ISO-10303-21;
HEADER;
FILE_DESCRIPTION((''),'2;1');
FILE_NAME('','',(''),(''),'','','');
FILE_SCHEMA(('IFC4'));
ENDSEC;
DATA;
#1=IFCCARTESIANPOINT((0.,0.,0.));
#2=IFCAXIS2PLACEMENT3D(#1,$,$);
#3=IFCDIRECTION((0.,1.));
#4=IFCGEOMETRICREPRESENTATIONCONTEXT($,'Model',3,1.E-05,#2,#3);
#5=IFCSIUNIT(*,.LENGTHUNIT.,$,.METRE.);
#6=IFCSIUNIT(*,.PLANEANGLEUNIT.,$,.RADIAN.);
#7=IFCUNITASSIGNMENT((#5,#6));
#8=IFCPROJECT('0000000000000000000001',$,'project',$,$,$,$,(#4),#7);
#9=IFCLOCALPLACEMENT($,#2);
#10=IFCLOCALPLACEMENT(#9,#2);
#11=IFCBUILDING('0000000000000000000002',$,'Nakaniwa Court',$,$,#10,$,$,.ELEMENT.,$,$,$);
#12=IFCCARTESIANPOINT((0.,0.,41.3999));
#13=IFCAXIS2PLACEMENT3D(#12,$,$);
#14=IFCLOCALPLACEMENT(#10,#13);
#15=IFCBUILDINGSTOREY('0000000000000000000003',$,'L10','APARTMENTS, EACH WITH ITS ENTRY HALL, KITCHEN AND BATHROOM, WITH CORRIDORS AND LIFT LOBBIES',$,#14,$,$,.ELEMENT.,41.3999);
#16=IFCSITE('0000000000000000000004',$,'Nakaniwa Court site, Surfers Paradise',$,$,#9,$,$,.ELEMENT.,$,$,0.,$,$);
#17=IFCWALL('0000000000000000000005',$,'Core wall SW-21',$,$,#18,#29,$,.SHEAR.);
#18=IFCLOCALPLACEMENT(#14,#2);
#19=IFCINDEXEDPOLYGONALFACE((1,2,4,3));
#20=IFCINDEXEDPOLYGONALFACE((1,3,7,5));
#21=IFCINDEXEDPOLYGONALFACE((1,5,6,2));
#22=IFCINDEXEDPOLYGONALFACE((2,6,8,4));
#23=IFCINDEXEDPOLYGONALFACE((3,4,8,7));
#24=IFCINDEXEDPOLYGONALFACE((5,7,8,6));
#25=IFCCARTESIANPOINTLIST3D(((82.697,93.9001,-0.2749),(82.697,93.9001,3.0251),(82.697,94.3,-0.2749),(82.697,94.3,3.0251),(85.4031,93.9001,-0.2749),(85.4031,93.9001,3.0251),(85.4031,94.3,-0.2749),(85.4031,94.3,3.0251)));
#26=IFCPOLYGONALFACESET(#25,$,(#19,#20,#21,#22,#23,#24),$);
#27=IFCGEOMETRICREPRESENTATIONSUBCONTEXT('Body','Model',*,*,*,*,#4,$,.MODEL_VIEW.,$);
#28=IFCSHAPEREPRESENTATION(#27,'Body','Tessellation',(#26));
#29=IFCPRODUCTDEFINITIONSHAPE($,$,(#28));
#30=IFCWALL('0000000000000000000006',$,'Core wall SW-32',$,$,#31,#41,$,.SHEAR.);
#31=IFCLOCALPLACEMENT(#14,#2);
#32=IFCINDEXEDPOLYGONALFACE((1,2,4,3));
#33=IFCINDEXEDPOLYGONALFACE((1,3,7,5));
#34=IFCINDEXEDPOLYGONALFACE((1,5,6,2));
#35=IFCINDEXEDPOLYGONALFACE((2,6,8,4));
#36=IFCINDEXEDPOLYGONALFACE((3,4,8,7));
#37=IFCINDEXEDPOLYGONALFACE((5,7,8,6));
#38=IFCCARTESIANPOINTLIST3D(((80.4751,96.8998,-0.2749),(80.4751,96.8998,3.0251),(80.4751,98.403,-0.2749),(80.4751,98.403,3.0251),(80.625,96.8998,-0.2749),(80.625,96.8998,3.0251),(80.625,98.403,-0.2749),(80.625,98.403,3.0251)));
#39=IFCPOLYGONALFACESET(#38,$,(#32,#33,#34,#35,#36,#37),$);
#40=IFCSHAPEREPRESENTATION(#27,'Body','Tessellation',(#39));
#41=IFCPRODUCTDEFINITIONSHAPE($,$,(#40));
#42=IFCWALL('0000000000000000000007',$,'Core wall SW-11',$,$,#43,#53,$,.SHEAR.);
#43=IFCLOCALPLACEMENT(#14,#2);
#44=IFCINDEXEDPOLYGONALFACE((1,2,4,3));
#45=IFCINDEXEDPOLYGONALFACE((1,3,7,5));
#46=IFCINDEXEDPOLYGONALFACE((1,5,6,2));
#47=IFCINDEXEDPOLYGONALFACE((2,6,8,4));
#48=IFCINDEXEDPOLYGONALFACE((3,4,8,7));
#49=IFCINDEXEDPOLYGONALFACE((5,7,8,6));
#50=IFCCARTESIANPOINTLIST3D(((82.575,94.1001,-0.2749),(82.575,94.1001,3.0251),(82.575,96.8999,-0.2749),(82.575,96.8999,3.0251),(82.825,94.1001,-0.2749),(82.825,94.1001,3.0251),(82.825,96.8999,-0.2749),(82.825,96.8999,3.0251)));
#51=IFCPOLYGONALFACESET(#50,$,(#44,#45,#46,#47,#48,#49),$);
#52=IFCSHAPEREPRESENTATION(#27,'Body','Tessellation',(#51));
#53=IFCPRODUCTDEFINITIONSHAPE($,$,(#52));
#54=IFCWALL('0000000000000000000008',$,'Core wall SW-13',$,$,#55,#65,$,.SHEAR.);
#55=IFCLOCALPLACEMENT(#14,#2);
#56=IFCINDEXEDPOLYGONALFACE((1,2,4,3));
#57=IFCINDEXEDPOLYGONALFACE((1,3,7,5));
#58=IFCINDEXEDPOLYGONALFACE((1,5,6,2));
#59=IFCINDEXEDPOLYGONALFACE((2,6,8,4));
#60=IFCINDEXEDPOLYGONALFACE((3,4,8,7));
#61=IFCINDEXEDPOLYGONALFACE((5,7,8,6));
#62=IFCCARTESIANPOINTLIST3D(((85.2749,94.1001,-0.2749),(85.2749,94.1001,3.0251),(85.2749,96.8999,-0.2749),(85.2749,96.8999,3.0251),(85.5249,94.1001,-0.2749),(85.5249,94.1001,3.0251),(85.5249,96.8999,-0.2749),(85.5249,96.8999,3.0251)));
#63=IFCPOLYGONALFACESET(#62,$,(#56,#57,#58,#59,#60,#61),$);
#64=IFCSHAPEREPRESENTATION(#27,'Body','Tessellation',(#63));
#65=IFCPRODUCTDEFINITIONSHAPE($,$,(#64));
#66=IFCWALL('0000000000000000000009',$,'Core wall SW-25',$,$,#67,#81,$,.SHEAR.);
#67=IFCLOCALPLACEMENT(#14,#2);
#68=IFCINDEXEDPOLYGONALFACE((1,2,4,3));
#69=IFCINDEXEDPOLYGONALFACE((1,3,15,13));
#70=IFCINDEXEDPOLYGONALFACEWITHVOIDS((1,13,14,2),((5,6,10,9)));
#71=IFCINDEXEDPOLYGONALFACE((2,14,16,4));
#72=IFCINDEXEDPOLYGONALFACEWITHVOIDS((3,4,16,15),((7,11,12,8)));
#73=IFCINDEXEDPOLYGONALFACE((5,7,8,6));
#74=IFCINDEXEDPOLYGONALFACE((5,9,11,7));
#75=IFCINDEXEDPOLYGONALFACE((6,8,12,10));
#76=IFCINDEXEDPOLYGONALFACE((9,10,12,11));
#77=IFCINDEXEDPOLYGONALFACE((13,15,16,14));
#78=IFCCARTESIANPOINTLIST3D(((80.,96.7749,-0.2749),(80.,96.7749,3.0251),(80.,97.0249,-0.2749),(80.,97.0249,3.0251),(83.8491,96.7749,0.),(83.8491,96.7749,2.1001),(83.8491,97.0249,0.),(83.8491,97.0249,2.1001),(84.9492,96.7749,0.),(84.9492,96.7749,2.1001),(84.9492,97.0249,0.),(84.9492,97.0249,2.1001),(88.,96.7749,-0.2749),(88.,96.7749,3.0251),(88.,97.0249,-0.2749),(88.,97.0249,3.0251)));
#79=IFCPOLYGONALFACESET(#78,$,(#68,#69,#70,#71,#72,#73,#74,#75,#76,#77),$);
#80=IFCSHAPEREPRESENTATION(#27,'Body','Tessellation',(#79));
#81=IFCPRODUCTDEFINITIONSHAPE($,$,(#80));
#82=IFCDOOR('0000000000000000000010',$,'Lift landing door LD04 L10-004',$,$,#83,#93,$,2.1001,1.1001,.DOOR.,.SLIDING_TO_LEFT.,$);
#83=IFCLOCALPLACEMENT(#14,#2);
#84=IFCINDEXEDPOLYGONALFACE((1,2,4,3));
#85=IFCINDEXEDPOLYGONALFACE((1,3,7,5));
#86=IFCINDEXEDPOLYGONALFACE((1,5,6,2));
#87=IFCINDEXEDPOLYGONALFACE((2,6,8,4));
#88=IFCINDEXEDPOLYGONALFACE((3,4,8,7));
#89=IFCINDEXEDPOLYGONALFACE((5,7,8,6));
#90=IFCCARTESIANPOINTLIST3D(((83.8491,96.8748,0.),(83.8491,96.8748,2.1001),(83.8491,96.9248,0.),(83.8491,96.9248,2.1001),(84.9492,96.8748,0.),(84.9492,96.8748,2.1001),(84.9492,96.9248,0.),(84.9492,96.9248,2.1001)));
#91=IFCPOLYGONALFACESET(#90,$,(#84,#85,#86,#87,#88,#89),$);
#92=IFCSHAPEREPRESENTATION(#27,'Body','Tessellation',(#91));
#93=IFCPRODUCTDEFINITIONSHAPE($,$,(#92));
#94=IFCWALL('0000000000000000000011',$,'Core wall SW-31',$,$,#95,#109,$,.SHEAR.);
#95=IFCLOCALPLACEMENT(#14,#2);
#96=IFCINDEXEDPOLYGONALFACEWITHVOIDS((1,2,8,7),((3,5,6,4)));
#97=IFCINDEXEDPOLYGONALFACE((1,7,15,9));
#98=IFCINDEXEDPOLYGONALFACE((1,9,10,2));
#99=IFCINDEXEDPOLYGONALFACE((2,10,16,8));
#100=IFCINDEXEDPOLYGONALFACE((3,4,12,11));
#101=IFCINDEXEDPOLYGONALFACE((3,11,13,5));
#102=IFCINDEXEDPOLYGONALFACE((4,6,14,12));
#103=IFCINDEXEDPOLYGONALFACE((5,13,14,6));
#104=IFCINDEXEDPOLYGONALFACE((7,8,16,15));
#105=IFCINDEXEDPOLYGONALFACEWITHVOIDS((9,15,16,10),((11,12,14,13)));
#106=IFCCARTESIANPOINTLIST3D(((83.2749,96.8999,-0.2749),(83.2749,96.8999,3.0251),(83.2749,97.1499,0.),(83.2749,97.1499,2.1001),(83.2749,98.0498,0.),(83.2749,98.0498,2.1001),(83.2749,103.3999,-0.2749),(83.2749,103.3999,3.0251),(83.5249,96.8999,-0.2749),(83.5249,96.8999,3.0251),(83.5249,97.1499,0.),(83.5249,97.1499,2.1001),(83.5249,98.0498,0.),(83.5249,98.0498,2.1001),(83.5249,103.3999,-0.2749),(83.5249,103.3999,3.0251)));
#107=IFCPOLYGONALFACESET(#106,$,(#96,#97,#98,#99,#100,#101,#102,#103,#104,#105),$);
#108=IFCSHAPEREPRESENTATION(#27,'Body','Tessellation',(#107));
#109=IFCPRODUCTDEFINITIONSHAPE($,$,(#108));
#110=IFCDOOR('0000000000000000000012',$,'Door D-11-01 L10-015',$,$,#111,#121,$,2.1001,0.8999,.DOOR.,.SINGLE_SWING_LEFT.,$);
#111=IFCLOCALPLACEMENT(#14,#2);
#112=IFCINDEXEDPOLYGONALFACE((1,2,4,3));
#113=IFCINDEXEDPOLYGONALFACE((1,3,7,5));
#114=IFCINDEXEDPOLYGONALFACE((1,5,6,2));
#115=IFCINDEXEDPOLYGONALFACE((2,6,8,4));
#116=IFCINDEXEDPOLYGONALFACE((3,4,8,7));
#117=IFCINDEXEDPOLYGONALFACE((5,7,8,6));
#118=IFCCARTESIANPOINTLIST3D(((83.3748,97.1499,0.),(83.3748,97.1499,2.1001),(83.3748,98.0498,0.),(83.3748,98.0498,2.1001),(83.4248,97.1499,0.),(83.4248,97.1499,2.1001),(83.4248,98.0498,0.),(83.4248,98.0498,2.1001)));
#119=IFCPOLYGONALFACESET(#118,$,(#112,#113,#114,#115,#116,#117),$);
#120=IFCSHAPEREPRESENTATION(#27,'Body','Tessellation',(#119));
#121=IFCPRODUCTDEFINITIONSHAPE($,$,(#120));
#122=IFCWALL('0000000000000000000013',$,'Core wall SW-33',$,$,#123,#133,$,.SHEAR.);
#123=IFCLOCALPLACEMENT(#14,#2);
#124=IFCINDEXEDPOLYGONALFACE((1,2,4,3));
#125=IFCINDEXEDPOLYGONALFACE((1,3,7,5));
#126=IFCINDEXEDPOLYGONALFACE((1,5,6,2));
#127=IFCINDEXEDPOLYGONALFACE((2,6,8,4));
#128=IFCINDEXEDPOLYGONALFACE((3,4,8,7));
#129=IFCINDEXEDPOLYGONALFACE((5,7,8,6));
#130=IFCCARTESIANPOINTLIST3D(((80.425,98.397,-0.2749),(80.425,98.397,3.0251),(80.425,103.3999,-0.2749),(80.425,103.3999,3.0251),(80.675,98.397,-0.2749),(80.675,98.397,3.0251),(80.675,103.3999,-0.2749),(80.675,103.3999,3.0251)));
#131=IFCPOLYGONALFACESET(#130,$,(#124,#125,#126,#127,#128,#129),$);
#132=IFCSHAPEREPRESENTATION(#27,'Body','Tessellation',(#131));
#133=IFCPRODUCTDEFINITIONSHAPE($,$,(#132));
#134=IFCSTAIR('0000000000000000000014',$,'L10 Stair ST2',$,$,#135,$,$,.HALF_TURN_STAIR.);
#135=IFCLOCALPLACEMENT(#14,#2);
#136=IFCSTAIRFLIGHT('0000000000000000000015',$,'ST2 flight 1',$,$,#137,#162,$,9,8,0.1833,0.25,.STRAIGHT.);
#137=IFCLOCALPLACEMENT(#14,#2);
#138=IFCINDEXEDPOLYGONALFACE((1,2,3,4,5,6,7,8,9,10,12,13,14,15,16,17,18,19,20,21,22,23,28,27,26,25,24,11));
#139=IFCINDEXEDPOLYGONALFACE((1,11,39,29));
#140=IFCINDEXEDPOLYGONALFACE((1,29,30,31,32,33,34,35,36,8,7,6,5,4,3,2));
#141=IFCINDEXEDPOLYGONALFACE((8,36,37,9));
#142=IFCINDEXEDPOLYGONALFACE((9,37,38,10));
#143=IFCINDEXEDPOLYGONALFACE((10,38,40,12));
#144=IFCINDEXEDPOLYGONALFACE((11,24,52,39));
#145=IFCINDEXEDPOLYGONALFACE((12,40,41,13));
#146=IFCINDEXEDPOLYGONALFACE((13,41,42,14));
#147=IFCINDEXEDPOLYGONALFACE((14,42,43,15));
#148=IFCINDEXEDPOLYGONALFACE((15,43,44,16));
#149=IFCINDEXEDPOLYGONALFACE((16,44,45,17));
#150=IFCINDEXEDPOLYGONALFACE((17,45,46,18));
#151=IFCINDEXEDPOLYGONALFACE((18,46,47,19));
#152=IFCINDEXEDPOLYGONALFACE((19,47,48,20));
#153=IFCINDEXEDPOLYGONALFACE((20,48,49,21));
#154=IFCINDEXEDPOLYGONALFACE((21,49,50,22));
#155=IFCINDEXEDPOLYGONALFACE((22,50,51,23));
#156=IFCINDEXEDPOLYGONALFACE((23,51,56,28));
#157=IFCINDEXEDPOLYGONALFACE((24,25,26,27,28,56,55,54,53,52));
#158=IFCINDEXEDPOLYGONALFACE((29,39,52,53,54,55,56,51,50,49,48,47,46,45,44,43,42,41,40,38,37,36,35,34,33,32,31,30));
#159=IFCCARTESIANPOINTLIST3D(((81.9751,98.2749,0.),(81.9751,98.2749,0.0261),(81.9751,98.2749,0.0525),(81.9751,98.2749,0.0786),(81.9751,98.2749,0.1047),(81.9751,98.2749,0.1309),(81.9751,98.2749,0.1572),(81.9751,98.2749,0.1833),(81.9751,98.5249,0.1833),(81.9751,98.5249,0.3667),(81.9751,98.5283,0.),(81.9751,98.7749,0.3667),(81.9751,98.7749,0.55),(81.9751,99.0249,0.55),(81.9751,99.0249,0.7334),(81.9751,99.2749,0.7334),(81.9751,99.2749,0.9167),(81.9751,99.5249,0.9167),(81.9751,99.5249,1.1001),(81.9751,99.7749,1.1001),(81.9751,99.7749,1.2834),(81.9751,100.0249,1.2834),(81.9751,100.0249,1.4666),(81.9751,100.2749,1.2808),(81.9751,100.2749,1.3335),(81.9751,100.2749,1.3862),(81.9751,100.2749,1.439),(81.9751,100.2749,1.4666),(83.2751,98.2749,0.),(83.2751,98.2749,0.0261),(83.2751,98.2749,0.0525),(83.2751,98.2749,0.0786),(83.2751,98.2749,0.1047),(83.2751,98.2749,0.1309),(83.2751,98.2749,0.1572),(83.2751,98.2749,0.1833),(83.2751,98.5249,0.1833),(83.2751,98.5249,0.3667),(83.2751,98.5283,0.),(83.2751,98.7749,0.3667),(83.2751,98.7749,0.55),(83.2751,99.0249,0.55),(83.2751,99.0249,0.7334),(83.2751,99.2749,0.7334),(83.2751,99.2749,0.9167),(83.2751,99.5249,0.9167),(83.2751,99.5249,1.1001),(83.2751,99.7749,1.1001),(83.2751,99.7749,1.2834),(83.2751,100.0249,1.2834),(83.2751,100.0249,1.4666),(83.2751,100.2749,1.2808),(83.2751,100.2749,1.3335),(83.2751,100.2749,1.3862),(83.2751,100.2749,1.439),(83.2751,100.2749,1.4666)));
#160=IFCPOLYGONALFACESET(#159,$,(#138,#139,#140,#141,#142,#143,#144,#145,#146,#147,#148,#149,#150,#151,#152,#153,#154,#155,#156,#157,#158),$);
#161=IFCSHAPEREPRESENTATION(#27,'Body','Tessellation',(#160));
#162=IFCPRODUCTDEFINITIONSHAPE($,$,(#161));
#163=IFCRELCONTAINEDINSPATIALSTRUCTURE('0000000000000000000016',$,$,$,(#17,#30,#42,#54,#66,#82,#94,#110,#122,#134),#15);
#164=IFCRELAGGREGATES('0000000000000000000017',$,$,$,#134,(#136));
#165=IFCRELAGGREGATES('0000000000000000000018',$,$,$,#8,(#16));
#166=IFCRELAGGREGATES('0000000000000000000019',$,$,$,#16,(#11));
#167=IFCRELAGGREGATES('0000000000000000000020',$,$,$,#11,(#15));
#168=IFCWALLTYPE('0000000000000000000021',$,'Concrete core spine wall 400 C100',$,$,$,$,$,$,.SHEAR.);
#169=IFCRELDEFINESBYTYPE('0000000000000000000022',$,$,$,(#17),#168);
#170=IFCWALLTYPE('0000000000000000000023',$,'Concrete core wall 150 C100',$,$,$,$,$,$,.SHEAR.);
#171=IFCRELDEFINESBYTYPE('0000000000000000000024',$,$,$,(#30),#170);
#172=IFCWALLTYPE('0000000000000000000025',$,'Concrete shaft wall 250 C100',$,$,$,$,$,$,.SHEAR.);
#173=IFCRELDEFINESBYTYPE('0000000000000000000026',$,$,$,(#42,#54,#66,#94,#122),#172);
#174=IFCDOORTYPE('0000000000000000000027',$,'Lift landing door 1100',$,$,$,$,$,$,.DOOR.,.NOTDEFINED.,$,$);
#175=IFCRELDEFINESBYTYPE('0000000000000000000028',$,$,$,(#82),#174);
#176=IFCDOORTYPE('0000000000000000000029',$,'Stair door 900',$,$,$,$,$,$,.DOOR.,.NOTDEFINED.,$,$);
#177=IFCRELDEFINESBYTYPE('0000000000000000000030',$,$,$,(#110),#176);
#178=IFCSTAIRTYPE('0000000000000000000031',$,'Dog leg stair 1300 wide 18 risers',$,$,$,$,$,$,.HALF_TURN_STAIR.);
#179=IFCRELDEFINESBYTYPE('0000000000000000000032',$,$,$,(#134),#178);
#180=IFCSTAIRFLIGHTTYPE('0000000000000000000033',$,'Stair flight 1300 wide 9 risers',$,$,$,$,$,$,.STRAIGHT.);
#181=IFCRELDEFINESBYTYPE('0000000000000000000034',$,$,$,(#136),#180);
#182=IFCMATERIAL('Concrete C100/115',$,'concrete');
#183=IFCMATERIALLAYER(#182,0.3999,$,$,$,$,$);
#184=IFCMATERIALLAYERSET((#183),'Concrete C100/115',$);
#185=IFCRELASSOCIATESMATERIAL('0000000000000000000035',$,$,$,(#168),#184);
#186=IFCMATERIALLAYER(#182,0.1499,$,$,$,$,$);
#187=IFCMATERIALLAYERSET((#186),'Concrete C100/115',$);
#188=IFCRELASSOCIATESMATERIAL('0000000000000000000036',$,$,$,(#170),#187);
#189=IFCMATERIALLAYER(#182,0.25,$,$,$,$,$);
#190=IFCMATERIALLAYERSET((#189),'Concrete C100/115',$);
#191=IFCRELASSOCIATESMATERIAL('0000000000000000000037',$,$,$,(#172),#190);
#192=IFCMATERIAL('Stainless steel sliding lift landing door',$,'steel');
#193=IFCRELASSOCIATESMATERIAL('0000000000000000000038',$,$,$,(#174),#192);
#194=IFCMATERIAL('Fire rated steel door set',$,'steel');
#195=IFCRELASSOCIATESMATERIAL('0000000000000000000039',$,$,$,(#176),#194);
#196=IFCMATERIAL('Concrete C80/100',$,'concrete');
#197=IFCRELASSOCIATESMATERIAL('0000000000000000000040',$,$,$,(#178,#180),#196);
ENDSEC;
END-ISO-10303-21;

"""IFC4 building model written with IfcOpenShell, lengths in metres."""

from ifc_helpers import new_model, si_unit, direction, frame, frame_2d, origin, place, context, subcontext, project, spatial, polyline, rectangle, outline, extrude, material, layer, layer_set, type_object, element, fill, aggregate, save


model = new_model("IFC4")

# Units and contexts
model_context = context("Model", 3, precision=1e-05, world=origin(), true_north=direction((0.0, 1.0)))
body_context = subcontext(model_context, "Body", "Model", "MODEL_VIEW")
ifc_project = project(units=[si_unit("LENGTHUNIT", "METRE"), si_unit("PLANEANGLEUNIT", "RADIAN")], contexts=[model_context])

# Site, building, storey
site_placement = place(None, origin())
site = spatial("IfcSite", under=ifc_project, at=site_placement, Name="Nakaniwa Court site, Surfers Paradise", CompositionType="ELEMENT", RefElevation=0.0)
building_placement = place(site_placement, origin())
building = spatial("IfcBuilding", under=site, at=building_placement, Name="Nakaniwa Court", CompositionType="ELEMENT")
storey_placement = place(building_placement, frame((0.0, 0.0, 41.3999)))
storey = spatial("IfcBuildingStorey", under=building, at=storey_placement, Name="L10", Description="APARTMENTS, EACH WITH ITS ENTRY HALL, KITCHEN AND BATHROOM, WITH CORRIDORS AND LIFT LOBBIES", CompositionType="ELEMENT", Elevation=41.3999)

# Shared definitions
ifc_material_1 = material(Name="Concrete C80/100", Category="concrete")

# Shared definitions
ifc_material_2 = material(Name="Fire rated steel door set", Category="steel")

# Shared definitions
ifc_material_3 = material(Name="Concrete C100/115", Category="concrete")

# Walls
ifc_layer_1 = layer(ifc_material_3, 0.3999)
ifc_layer_set_1 = layer_set([ifc_layer_1], Name="Concrete C100/115")
wall_type_1 = type_object("IfcWallType", Name="Concrete core spine wall 400 C100", PredefinedType="SHEAR", material=ifc_layer_set_1)
wall_1_placement = place(storey_placement, frame((82.697, 94.1001, -0.2749), z_axis=(0.0, 0.0, 1.0), x_axis=(1.0, 0.0, 0.0)))
element("IfcWall", 1, at=wall_1_placement, inside=storey, type_object=wall_type_1, Name="Core wall SW-21", PredefinedType="SHEAR", context=body_context, shape_type="SweptSolid", body=[
    extrude(rectangle(XDim=2.7061, YDim=0.3999, at=frame_2d((1.353, 0.0))), origin(), (0.0, 0.0, 1.0), 3.3),
])
ifc_layer_2 = layer(ifc_material_3, 0.1499)
ifc_layer_set_2 = layer_set([ifc_layer_2], Name="Concrete C100/115")
wall_type_2 = type_object("IfcWallType", Name="Concrete core wall 150 C100", PredefinedType="SHEAR", material=ifc_layer_set_2)
wall_2_placement = place(storey_placement, frame((80.55, 96.8999, -0.2749), z_axis=(0.0, 0.0, 1.0), x_axis=(0.0, 1.0, 0.0)))
element("IfcWall", 2, at=wall_2_placement, inside=storey, type_object=wall_type_2, Name="Core wall SW-32", PredefinedType="SHEAR", context=body_context, shape_type="SweptSolid", body=[
    extrude(rectangle(XDim=1.5032, YDim=0.1499, at=frame_2d((0.7515, 0.0))), origin(), (0.0, 0.0, 1.0), 3.3),
])
ifc_layer_3 = layer(ifc_material_3, 0.25)
ifc_layer_set_3 = layer_set([ifc_layer_3], Name="Concrete C100/115")
wall_type_3 = type_object("IfcWallType", Name="Concrete shaft wall 250 C100", PredefinedType="SHEAR", material=ifc_layer_set_3)
for number, where, z_axis, x_axis, name in (
    (3, (82.7, 94.1001, -0.2749), (0.0, 0.0, 1.0), (0.0, 1.0, 0.0), "Core wall SW-11"),
    (4, (85.3999, 94.1001, -0.2749), (0.0, 0.0, 1.0), (0.0, 1.0, 0.0), "Core wall SW-13"),
):
    element("IfcWall", number, at=place(storey_placement, frame(where, z_axis=z_axis, x_axis=x_axis)), inside=storey, type_object=wall_type_3, Name=name, PredefinedType="SHEAR", context=body_context, shape_type="SweptSolid", body=[
        extrude(rectangle(XDim=2.7998, YDim=0.25, at=frame_2d((1.3999, 0.0))), origin(), (0.0, 0.0, 1.0), 3.3),
    ])

# Walls, openings, doors
wall_3_placement = place(storey_placement, frame((80.0, 96.8999, -0.2749), z_axis=(0.0, 0.0, 1.0), x_axis=(1.0, 0.0, 0.0)))
wall_3 = element("IfcWall", 5, at=wall_3_placement, inside=storey, type_object=wall_type_3, Name="Core wall SW-25", PredefinedType="SHEAR", context=body_context, shape_type="SweptSolid", body=[
    extrude(rectangle(XDim=8.0, YDim=0.25, at=frame_2d((4.0, 0.0))), origin(), (0.0, 0.0, 1.0), 3.3),
])
opening_1_placement = place(wall_3_placement, frame((3.8491, 0.0, 0.2749)))
opening_1 = element("IfcOpeningElement", 6, at=opening_1_placement, cuts=wall_3, PredefinedType="OPENING", context=body_context, shape_type="SweptSolid", body=[
    extrude(rectangle(XDim=1.1001, YDim=2.1001, at=frame_2d((0.55, 1.05))), frame((0.0, 0.135, 0.0), z_axis=(0.0, -1.0, 0.0), x_axis=(1.0, 0.0, 0.0)), (0.0, 0.0, 1.0), 0.27),
])
ifc_material_4 = material(Name="Stainless steel sliding lift landing door", Category="steel")
door_type_1 = type_object("IfcDoorType", Name="Lift landing door 1100", OperationType="NOTDEFINED", PredefinedType="DOOR", material=ifc_material_4)
door_1_placement = place(opening_1_placement, origin())
door_1 = element("IfcDoor", 7, at=door_1_placement, inside=storey, type_object=door_type_1, Name="Lift landing door LD04 L10-004", OperationType="SLIDING_TO_LEFT", OverallHeight=2.1001, OverallWidth=1.1001, PredefinedType="DOOR", context=body_context, shape_type="SweptSolid", body=[
    extrude(rectangle(XDim=1.1001, YDim=2.1001, at=frame_2d((0.55, 1.05))), frame((0.0, 0.0249, 0.0), z_axis=(0.0, -1.0, 0.0), x_axis=(1.0, 0.0, 0.0)), (0.0, 0.0, 1.0), 0.05),
])
fill(opening_1, door_1)
wall_4_placement = place(storey_placement, frame((83.3999, 103.3999, -0.2749), z_axis=(0.0, 0.0, 1.0), x_axis=(0.0, -1.0, 0.0)))
wall_4 = element("IfcWall", 8, at=wall_4_placement, inside=storey, type_object=wall_type_3, Name="Core wall SW-31", PredefinedType="SHEAR", context=body_context, shape_type="SweptSolid", body=[
    extrude(rectangle(XDim=6.5, YDim=0.25, at=frame_2d((3.25, 0.0))), origin(), (0.0, 0.0, 1.0), 3.3),
])
opening_2_placement = place(wall_4_placement, frame((5.3501, 0.0, 0.2749)))
opening_2 = element("IfcOpeningElement", 9, at=opening_2_placement, cuts=wall_4, PredefinedType="OPENING", context=body_context, shape_type="SweptSolid", body=[
    extrude(rectangle(XDim=0.8999, YDim=2.1001, at=frame_2d((0.45, 1.05))), frame((0.0, 0.135, 0.0), z_axis=(0.0, -1.0, 0.0), x_axis=(1.0, 0.0, 0.0)), (0.0, 0.0, 1.0), 0.27),
])
door_type_2 = type_object("IfcDoorType", Name="Stair door 900", OperationType="NOTDEFINED", PredefinedType="DOOR", material=ifc_material_2)
door_2_placement = place(opening_2_placement, origin())
door_2 = element("IfcDoor", 10, at=door_2_placement, inside=storey, type_object=door_type_2, Name="Door D-11-01 L10-015", OperationType="SINGLE_SWING_LEFT", OverallHeight=2.1001, OverallWidth=0.8999, PredefinedType="DOOR", context=body_context, shape_type="SweptSolid", body=[
    extrude(rectangle(XDim=0.8999, YDim=2.1001, at=frame_2d((0.45, 1.05))), frame((0.0, 0.0249, 0.0), z_axis=(0.0, -1.0, 0.0), x_axis=(1.0, 0.0, 0.0)), (0.0, 0.0, 1.0), 0.05),
])
fill(opening_2, door_2)

# Wall
wall_5_placement = place(storey_placement, frame((80.55, 98.397, -0.2749), z_axis=(0.0, 0.0, 1.0), x_axis=(0.0, 1.0, 0.0)))
element("IfcWall", 11, at=wall_5_placement, inside=storey, type_object=wall_type_3, Name="Core wall SW-33", PredefinedType="SHEAR", context=body_context, shape_type="SweptSolid", body=[
    extrude(rectangle(XDim=5.0029, YDim=0.25, at=frame_2d((2.5015, 0.0))), origin(), (0.0, 0.0, 1.0), 3.3),
])

# Stair, stair flight
stair_type = type_object("IfcStairType", Name="Dog leg stair 1300 wide 18 risers", PredefinedType="HALF_TURN_STAIR", material=ifc_material_1)
stair_placement = place(storey_placement, origin())
stair = element("IfcStair", 12, at=stair_placement, inside=storey, type_object=stair_type, Name="L10 Stair ST2", PredefinedType="HALF_TURN_STAIR")
stair_flight_type = type_object("IfcStairFlightType", Name="Stair flight 1300 wide 9 risers", PredefinedType="STRAIGHT", material=ifc_material_1)
stair_flight_1_placement = place(storey_placement, frame((82.625, 98.2749, 0.0), z_axis=(0.0, 0.0, 1.0), x_axis=(0.0, 1.0, 0.0)))
stair_flight_1 = element("IfcStairFlight", 13, at=stair_flight_1_placement, type_object=stair_flight_type, Name="ST2 flight 1", NumberOfRisers=9, NumberOfTreads=8, PredefinedType="STRAIGHT", RiserHeight=0.1833, TreadLength=0.25, context=body_context, shape_type="SweptSolid", body=[
    extrude(outline(polyline([(0.0, 0.0), (0.0, 0.0261), (0.0, 0.0525), (0.0, 0.0786), (0.0, 0.1047), (0.0, 0.1309), (0.0, 0.1572), (0.0, 0.1833), (0.25, 0.1833), (0.25, 0.3667), (0.5, 0.3667), (0.5, 0.55), (0.75, 0.55), (0.75, 0.7334), (1.0, 0.7334), (1.0, 0.9167), (1.25, 0.9167), (1.25, 1.1001), (1.5, 1.1001), (1.5, 1.2834), (1.75, 1.2834), (1.75, 1.4666), (2.0, 1.4666), (2.0, 1.6499), (2.0, 1.5972), (2.0, 1.5444), (2.0, 1.4917), (2.0, 1.439), (2.0, 1.3862), (2.0, 1.3335), (2.0, 1.2808), (0.2534, 0.0), (0.0, 0.0)])), frame((0.0, 0.6499, 0.0), z_axis=(0.0, -1.0, 0.0), x_axis=(1.0, 0.0, 0.0)), (0.0, 0.0, 1.0), 1.3),
])
aggregate(stair, [stair_flight_1])

save(model, "model.ifc")
